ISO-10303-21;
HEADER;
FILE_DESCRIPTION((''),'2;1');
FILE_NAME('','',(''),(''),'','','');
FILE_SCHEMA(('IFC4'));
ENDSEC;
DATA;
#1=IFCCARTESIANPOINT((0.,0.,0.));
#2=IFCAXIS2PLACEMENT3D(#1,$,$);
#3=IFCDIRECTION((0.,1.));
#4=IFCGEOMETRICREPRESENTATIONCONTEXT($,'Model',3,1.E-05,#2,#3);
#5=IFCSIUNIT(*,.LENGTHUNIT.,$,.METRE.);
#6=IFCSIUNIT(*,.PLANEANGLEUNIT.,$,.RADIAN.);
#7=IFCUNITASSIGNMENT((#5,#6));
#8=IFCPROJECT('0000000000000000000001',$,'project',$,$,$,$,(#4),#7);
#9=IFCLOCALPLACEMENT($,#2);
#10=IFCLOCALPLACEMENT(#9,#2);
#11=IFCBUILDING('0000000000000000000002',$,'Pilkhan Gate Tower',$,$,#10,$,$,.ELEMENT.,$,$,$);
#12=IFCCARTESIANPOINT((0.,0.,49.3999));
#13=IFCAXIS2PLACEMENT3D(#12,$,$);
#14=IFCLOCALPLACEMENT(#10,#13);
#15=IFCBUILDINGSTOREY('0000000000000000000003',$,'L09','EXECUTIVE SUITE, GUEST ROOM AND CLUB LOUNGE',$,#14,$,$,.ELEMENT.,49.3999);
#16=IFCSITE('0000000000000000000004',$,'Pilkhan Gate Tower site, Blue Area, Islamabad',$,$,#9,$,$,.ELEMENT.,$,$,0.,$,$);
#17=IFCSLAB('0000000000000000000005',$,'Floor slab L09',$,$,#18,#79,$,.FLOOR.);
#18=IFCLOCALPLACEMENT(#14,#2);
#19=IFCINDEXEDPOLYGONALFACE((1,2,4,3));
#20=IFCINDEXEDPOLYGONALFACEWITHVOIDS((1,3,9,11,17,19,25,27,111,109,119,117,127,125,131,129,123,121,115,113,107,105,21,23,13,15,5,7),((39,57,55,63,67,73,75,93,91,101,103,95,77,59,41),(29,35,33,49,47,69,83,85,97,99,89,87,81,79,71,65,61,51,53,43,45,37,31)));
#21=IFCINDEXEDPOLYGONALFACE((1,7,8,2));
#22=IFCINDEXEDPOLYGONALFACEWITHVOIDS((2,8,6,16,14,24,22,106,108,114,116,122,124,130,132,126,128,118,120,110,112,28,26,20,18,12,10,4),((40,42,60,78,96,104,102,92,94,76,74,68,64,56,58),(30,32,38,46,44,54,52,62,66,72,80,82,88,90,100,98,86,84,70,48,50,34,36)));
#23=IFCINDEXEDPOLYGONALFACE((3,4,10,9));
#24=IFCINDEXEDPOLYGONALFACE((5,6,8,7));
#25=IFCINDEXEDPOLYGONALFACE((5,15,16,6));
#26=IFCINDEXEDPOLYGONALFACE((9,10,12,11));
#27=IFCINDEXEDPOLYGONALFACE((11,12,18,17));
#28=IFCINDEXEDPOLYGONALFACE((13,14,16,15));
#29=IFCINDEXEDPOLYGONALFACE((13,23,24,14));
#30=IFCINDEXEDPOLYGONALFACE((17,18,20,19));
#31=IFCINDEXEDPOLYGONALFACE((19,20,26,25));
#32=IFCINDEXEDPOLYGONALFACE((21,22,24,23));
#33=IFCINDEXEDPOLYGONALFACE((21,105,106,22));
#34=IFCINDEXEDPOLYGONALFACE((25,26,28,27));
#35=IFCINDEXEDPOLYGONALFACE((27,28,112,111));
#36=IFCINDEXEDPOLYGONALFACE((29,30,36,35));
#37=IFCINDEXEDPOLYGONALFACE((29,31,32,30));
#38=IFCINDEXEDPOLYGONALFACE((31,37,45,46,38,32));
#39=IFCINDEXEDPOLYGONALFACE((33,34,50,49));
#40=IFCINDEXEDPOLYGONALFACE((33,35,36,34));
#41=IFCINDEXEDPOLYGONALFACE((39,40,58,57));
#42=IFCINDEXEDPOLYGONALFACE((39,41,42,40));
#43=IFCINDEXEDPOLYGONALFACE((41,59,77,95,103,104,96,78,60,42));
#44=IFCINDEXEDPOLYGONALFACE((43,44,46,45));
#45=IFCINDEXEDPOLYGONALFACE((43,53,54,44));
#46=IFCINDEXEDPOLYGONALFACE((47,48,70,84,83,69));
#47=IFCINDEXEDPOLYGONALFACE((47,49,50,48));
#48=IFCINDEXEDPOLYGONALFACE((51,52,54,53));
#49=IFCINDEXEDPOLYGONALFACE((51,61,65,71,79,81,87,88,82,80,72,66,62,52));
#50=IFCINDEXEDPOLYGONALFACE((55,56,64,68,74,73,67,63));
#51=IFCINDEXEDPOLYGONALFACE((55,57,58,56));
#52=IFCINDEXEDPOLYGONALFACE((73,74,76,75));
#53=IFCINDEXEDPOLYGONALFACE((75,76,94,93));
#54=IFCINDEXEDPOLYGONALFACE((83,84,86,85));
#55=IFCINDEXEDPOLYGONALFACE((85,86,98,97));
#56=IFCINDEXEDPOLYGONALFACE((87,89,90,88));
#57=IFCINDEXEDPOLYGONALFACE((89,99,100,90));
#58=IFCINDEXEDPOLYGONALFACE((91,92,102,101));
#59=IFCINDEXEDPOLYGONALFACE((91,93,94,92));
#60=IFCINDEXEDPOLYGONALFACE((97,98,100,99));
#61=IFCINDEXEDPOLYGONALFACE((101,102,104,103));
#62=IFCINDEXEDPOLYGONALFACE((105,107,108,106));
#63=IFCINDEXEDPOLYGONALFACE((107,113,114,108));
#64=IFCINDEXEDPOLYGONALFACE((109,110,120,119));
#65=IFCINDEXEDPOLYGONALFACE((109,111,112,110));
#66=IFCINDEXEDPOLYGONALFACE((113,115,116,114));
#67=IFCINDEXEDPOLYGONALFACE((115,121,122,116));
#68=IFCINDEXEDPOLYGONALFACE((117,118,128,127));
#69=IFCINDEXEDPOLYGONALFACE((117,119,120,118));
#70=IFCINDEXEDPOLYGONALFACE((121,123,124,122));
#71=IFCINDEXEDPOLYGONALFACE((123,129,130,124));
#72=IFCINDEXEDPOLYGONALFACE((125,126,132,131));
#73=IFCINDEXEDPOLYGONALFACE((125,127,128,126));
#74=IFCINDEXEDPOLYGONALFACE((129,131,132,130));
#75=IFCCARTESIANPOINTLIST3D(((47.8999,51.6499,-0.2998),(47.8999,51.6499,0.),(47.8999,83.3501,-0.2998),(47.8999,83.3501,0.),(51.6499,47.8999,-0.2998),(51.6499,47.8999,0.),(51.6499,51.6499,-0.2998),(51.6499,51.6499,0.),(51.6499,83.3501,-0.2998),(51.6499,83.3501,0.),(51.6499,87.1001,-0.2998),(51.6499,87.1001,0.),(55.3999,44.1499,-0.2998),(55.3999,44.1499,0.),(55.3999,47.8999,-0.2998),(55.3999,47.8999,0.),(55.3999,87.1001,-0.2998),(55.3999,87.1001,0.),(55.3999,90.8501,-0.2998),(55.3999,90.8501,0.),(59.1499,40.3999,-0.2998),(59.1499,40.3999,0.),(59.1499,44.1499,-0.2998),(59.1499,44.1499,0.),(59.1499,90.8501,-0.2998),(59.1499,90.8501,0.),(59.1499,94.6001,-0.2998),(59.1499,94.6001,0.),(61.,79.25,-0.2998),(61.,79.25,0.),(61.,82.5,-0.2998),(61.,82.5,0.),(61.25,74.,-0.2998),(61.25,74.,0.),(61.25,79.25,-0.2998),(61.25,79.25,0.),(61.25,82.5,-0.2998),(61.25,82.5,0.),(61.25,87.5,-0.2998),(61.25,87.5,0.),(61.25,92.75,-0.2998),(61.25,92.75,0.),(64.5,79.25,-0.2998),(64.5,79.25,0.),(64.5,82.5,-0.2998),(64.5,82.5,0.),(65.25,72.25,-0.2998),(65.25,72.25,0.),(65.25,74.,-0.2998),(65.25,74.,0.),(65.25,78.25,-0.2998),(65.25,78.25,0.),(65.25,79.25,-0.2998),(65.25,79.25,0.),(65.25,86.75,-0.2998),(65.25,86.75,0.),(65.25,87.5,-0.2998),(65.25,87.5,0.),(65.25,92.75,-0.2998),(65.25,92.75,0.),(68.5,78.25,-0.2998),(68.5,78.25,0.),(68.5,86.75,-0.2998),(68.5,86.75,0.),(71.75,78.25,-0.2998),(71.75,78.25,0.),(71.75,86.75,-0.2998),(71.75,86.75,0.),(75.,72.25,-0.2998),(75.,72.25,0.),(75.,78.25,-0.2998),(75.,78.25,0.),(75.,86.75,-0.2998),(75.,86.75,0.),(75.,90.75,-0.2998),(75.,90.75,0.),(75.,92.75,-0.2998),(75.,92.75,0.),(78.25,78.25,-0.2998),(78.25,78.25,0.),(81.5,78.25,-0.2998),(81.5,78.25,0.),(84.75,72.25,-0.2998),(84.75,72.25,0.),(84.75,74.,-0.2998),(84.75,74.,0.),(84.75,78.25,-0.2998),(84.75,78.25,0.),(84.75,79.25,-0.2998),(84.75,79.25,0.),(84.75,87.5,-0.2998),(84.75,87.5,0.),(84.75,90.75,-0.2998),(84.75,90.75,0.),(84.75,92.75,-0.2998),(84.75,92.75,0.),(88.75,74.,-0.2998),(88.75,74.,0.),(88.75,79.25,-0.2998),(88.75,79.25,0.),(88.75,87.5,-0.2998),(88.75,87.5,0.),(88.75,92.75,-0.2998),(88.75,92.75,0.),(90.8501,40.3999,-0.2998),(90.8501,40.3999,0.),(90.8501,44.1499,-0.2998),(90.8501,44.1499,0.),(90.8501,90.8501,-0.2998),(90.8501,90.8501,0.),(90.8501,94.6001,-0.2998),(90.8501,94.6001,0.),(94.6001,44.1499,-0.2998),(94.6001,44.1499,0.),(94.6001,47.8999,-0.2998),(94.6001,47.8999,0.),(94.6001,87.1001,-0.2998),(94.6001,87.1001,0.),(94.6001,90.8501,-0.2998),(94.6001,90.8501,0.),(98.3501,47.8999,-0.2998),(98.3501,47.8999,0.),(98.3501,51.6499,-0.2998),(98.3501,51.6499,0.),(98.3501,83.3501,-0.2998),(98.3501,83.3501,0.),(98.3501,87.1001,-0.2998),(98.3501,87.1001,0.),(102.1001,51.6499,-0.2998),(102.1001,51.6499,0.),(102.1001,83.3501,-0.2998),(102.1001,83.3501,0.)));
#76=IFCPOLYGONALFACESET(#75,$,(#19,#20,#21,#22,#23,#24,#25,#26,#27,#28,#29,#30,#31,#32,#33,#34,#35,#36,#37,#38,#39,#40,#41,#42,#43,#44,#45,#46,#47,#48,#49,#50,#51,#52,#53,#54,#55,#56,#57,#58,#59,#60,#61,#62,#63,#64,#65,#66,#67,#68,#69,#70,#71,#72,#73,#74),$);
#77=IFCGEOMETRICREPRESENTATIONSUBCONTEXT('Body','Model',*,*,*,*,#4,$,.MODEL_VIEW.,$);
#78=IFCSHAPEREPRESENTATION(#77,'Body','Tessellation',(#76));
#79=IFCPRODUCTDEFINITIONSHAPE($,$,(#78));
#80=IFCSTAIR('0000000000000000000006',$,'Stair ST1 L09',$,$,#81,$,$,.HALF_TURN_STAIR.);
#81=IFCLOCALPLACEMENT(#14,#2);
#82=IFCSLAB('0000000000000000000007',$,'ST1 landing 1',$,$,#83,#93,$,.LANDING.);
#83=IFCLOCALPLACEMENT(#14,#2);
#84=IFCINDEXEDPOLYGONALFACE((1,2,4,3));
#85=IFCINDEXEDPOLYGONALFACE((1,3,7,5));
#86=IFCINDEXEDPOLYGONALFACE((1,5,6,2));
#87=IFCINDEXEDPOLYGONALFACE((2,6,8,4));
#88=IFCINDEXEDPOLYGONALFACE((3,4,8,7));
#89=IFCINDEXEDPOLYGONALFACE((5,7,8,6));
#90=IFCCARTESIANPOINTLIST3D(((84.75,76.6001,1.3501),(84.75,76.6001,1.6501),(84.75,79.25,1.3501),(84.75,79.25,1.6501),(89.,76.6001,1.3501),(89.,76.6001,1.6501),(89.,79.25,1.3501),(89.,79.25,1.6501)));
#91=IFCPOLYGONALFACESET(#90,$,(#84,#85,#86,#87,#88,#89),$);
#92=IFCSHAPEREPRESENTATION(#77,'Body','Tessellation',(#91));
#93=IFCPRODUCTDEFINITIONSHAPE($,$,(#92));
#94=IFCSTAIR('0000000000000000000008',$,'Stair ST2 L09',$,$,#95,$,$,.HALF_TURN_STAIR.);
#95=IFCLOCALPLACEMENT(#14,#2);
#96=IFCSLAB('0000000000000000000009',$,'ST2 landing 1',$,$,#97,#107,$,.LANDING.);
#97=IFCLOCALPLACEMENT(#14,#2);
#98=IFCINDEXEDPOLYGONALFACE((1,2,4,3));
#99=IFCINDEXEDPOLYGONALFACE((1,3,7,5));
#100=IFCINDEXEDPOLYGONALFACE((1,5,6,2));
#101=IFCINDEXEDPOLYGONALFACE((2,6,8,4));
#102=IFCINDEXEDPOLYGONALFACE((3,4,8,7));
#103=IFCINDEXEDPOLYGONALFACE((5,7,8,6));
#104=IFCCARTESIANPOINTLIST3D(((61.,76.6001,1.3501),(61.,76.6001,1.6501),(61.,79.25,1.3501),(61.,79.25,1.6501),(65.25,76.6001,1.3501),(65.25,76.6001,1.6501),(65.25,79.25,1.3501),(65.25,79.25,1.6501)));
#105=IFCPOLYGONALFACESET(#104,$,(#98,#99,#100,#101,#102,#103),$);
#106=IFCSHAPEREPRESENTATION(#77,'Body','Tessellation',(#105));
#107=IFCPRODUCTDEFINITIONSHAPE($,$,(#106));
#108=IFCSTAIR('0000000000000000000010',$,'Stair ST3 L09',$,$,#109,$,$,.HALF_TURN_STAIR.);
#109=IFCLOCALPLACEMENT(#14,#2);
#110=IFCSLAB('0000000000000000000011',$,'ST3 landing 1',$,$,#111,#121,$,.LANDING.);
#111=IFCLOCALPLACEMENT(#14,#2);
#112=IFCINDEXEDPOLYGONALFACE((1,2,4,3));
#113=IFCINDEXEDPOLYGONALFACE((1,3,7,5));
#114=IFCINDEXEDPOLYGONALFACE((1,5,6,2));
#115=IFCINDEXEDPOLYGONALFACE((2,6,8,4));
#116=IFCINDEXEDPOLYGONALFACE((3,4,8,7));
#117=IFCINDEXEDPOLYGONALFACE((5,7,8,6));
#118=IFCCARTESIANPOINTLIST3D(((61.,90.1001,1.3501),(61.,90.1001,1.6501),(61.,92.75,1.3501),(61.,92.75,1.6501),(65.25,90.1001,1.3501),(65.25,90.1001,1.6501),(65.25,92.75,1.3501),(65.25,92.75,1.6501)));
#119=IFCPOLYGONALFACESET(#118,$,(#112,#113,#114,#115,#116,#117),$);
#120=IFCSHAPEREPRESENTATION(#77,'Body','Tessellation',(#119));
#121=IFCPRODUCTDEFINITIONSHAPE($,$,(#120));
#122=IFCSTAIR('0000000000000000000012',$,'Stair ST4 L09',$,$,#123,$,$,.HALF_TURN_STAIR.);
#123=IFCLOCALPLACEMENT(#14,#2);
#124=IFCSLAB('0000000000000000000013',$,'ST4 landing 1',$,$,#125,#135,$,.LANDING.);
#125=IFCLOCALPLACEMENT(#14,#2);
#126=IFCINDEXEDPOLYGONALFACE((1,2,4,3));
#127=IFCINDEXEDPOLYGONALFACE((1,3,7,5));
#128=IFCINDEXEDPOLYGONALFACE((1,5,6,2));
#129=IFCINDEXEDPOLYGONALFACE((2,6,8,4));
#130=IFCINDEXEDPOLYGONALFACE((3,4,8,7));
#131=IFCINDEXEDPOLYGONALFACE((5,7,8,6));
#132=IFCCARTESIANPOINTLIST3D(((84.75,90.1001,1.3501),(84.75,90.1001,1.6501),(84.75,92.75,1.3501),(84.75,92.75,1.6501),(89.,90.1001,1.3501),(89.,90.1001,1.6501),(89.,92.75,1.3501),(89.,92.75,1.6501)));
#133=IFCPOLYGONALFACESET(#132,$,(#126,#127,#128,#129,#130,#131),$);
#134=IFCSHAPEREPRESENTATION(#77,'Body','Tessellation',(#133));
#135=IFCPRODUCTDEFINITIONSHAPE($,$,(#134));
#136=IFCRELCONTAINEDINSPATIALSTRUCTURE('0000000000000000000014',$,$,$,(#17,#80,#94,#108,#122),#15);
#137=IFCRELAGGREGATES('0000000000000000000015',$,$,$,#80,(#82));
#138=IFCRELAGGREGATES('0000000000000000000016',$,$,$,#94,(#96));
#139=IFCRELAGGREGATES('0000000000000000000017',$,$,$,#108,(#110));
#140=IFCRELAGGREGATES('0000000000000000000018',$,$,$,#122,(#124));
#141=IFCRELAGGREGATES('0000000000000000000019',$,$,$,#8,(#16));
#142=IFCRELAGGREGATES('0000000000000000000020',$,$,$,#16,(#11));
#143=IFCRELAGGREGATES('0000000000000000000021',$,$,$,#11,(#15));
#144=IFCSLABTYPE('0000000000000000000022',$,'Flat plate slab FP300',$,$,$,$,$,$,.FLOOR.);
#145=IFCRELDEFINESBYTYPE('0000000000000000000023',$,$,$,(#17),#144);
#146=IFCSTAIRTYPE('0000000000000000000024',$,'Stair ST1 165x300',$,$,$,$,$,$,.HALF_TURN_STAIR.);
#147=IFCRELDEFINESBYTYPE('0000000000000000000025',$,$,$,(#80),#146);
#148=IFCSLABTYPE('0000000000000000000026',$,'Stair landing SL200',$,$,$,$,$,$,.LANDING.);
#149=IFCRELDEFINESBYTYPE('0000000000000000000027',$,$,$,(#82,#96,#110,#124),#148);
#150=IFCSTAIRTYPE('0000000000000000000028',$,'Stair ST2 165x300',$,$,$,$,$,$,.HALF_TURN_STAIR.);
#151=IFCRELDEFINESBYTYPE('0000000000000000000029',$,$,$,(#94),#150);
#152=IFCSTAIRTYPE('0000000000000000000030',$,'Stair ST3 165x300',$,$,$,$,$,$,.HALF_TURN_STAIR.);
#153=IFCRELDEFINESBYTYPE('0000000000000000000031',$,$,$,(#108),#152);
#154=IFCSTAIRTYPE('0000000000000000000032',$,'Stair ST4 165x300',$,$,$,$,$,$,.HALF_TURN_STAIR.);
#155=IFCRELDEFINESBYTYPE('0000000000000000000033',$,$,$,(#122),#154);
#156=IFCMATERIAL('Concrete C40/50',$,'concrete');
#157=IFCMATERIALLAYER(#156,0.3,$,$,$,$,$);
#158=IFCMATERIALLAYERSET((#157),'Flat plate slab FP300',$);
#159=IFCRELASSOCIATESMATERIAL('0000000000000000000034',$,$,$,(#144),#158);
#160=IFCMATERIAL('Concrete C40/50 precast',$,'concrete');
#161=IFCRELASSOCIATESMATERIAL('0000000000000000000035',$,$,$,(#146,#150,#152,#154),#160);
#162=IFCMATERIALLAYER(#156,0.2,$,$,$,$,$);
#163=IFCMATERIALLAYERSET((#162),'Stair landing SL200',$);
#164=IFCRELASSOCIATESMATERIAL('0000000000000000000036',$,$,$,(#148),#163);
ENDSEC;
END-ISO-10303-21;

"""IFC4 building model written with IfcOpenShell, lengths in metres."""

from ifc_helpers import new_model, si_unit, direction, frame, origin, place, context, subcontext, project, spatial, polyline, outline, extrude, material, layer, layer_set, type_object, element, aggregate, save


model = new_model("IFC4")

# Units and contexts
model_context = context("Model", 3, precision=1e-05, world=origin(), true_north=direction((0.0, 1.0)))
body_context = subcontext(model_context, "Body", "Model", "MODEL_VIEW")
ifc_project = project(units=[si_unit("LENGTHUNIT", "METRE"), si_unit("PLANEANGLEUNIT", "RADIAN")], contexts=[model_context])

# Site, building, storey
site_placement = place(None, origin())
site = spatial("IfcSite", under=ifc_project, at=site_placement, Name="Pilkhan Gate Tower site, Blue Area, Islamabad", CompositionType="ELEMENT", RefElevation=0.0)
building_placement = place(site_placement, origin())
building = spatial("IfcBuilding", under=site, at=building_placement, Name="Pilkhan Gate Tower", CompositionType="ELEMENT")
storey_placement = place(building_placement, frame((0.0, 0.0, 49.3999)))
storey = spatial("IfcBuildingStorey", under=building, at=storey_placement, Name="L09", Description="EXECUTIVE SUITE, GUEST ROOM AND CLUB LOUNGE", CompositionType="ELEMENT", Elevation=49.3999)

# Slab
ifc_material_1 = material(Name="Concrete C40/50", Category="concrete")
ifc_layer_1 = layer(ifc_material_1, 0.3)
ifc_layer_set_1 = layer_set([ifc_layer_1], Name="Flat plate slab FP300")
slab_type_1 = type_object("IfcSlabType", Name="Flat plate slab FP300", PredefinedType="FLOOR", material=ifc_layer_set_1)
slab_1_placement = place(storey_placement, frame((0.0, 0.0, -0.2998)))
element("IfcSlab", 1, at=slab_1_placement, inside=storey, type_object=slab_type_1, Name="Floor slab L09", PredefinedType="FLOOR", context=body_context, shape_type="SweptSolid", body=[
    extrude(outline(polyline([(98.3501, 47.8999), (94.6001, 47.8999), (94.6001, 44.1499), (90.8501, 44.1499), (90.8501, 40.3999), (59.1499, 40.3999), (59.1499, 44.1499), (55.3999, 44.1499), (55.3999, 47.8999), (51.6499, 47.8999), (51.6499, 51.6499), (47.8999, 51.6499), (47.8999, 83.3501), (51.6499, 83.3501), (51.6499, 87.1001), (55.3999, 87.1001), (55.3999, 90.8501), (59.1499, 90.8501), (59.1499, 94.6001), (90.8501, 94.6001), (90.8501, 90.8501), (94.6001, 90.8501), (94.6001, 87.1001), (98.3501, 87.1001), (98.3501, 83.3501), (102.1001, 83.3501), (102.1001, 51.6499), (98.3501, 51.6499), (98.3501, 47.8999)]), holes=[polyline([(65.25, 87.5), (65.25, 86.75), (68.5, 86.75), (71.75, 86.75), (75.0, 86.75), (75.0, 90.75), (84.75, 90.75), (84.75, 87.5), (88.75, 87.5), (88.75, 92.75), (84.75, 92.75), (75.0, 92.75), (65.25, 92.75), (61.25, 92.75), (61.25, 87.5), (65.25, 87.5)]), polyline([(75.0, 72.25), (84.75, 72.25), (84.75, 74.0), (88.75, 74.0), (88.75, 79.25), (84.75, 79.25), (84.75, 78.25), (81.5, 78.25), (78.25, 78.25), (75.0, 78.25), (71.75, 78.25), (68.5, 78.25), (65.25, 78.25), (65.25, 79.25), (64.5, 79.25), (64.5, 82.5), (61.25, 82.5), (61.0, 82.5), (61.0, 79.25), (61.25, 79.25), (61.25, 74.0), (65.25, 74.0), (65.25, 72.25), (75.0, 72.25)])]), origin(), (0.0, 0.0, 1.0), 0.2998),
])

# Stairs, slabs
ifc_material_2 = material(Name="Concrete C40/50 precast", Category="concrete")
stair_type_1 = type_object("IfcStairType", Name="Stair ST1 165x300", PredefinedType="HALF_TURN_STAIR", material=ifc_material_2)
stair_1_placement = place(storey_placement, origin())
stair_1 = element("IfcStair", 2, at=stair_1_placement, inside=storey, type_object=stair_type_1, Name="Stair ST1 L09", PredefinedType="HALF_TURN_STAIR")
ifc_layer_2 = layer(ifc_material_1, 0.2)
ifc_layer_set_2 = layer_set([ifc_layer_2], Name="Stair landing SL200")
slab_type_2 = type_object("IfcSlabType", Name="Stair landing SL200", PredefinedType="LANDING", material=ifc_layer_set_2)
slab_2_placement = place(storey_placement, frame((0.0, 0.0, 1.3501)))
slab_2 = element("IfcSlab", 3, at=slab_2_placement, type_object=slab_type_2, Name="ST1 landing 1", PredefinedType="LANDING", context=body_context, shape_type="SweptSolid", body=[
    extrude(outline(polyline([(89.0, 76.6001), (89.0, 79.25), (84.75, 79.25), (84.75, 76.6001), (89.0, 76.6001)])), origin(), (0.0, 0.0, 1.0), 0.3),
])
aggregate(stair_1, [slab_2])
stair_type_2 = type_object("IfcStairType", Name="Stair ST2 165x300", PredefinedType="HALF_TURN_STAIR", material=ifc_material_2)
stair_2_placement = place(storey_placement, origin())
stair_2 = element("IfcStair", 4, at=stair_2_placement, inside=storey, type_object=stair_type_2, Name="Stair ST2 L09", PredefinedType="HALF_TURN_STAIR")
slab_3_placement = place(storey_placement, frame((0.0, 0.0, 1.3501)))
slab_3 = element("IfcSlab", 5, at=slab_3_placement, type_object=slab_type_2, Name="ST2 landing 1", PredefinedType="LANDING", context=body_context, shape_type="SweptSolid", body=[
    extrude(outline(polyline([(65.25, 76.6001), (65.25, 79.25), (61.0, 79.25), (61.0, 76.6001), (65.25, 76.6001)])), origin(), (0.0, 0.0, 1.0), 0.3),
])
aggregate(stair_2, [slab_3])
stair_type_3 = type_object("IfcStairType", Name="Stair ST3 165x300", PredefinedType="HALF_TURN_STAIR", material=ifc_material_2)
stair_3_placement = place(storey_placement, origin())
stair_3 = element("IfcStair", 6, at=stair_3_placement, inside=storey, type_object=stair_type_3, Name="Stair ST3 L09", PredefinedType="HALF_TURN_STAIR")
slab_4_placement = place(storey_placement, frame((0.0, 0.0, 1.3501)))
slab_4 = element("IfcSlab", 7, at=slab_4_placement, type_object=slab_type_2, Name="ST3 landing 1", PredefinedType="LANDING", context=body_context, shape_type="SweptSolid", body=[
    extrude(outline(polyline([(65.25, 90.1001), (65.25, 92.75), (61.0, 92.75), (61.0, 90.1001), (65.25, 90.1001)])), origin(), (0.0, 0.0, 1.0), 0.3),
])
aggregate(stair_3, [slab_4])
stair_type_4 = type_object("IfcStairType", Name="Stair ST4 165x300", PredefinedType="HALF_TURN_STAIR", material=ifc_material_2)
stair_4_placement = place(storey_placement, origin())
stair_4 = element("IfcStair", 8, at=stair_4_placement, inside=storey, type_object=stair_type_4, Name="Stair ST4 L09", PredefinedType="HALF_TURN_STAIR")
slab_5_placement = place(storey_placement, frame((0.0, 0.0, 1.3501)))
slab_5 = element("IfcSlab", 9, at=slab_5_placement, type_object=slab_type_2, Name="ST4 landing 1", PredefinedType="LANDING", context=body_context, shape_type="SweptSolid", body=[
    extrude(outline(polyline([(89.0, 90.1001), (89.0, 92.75), (84.75, 92.75), (84.75, 90.1001), (89.0, 90.1001)])), origin(), (0.0, 0.0, 1.0), 0.3),
])
aggregate(stair_4, [slab_5])

save(model, "model.ifc")
